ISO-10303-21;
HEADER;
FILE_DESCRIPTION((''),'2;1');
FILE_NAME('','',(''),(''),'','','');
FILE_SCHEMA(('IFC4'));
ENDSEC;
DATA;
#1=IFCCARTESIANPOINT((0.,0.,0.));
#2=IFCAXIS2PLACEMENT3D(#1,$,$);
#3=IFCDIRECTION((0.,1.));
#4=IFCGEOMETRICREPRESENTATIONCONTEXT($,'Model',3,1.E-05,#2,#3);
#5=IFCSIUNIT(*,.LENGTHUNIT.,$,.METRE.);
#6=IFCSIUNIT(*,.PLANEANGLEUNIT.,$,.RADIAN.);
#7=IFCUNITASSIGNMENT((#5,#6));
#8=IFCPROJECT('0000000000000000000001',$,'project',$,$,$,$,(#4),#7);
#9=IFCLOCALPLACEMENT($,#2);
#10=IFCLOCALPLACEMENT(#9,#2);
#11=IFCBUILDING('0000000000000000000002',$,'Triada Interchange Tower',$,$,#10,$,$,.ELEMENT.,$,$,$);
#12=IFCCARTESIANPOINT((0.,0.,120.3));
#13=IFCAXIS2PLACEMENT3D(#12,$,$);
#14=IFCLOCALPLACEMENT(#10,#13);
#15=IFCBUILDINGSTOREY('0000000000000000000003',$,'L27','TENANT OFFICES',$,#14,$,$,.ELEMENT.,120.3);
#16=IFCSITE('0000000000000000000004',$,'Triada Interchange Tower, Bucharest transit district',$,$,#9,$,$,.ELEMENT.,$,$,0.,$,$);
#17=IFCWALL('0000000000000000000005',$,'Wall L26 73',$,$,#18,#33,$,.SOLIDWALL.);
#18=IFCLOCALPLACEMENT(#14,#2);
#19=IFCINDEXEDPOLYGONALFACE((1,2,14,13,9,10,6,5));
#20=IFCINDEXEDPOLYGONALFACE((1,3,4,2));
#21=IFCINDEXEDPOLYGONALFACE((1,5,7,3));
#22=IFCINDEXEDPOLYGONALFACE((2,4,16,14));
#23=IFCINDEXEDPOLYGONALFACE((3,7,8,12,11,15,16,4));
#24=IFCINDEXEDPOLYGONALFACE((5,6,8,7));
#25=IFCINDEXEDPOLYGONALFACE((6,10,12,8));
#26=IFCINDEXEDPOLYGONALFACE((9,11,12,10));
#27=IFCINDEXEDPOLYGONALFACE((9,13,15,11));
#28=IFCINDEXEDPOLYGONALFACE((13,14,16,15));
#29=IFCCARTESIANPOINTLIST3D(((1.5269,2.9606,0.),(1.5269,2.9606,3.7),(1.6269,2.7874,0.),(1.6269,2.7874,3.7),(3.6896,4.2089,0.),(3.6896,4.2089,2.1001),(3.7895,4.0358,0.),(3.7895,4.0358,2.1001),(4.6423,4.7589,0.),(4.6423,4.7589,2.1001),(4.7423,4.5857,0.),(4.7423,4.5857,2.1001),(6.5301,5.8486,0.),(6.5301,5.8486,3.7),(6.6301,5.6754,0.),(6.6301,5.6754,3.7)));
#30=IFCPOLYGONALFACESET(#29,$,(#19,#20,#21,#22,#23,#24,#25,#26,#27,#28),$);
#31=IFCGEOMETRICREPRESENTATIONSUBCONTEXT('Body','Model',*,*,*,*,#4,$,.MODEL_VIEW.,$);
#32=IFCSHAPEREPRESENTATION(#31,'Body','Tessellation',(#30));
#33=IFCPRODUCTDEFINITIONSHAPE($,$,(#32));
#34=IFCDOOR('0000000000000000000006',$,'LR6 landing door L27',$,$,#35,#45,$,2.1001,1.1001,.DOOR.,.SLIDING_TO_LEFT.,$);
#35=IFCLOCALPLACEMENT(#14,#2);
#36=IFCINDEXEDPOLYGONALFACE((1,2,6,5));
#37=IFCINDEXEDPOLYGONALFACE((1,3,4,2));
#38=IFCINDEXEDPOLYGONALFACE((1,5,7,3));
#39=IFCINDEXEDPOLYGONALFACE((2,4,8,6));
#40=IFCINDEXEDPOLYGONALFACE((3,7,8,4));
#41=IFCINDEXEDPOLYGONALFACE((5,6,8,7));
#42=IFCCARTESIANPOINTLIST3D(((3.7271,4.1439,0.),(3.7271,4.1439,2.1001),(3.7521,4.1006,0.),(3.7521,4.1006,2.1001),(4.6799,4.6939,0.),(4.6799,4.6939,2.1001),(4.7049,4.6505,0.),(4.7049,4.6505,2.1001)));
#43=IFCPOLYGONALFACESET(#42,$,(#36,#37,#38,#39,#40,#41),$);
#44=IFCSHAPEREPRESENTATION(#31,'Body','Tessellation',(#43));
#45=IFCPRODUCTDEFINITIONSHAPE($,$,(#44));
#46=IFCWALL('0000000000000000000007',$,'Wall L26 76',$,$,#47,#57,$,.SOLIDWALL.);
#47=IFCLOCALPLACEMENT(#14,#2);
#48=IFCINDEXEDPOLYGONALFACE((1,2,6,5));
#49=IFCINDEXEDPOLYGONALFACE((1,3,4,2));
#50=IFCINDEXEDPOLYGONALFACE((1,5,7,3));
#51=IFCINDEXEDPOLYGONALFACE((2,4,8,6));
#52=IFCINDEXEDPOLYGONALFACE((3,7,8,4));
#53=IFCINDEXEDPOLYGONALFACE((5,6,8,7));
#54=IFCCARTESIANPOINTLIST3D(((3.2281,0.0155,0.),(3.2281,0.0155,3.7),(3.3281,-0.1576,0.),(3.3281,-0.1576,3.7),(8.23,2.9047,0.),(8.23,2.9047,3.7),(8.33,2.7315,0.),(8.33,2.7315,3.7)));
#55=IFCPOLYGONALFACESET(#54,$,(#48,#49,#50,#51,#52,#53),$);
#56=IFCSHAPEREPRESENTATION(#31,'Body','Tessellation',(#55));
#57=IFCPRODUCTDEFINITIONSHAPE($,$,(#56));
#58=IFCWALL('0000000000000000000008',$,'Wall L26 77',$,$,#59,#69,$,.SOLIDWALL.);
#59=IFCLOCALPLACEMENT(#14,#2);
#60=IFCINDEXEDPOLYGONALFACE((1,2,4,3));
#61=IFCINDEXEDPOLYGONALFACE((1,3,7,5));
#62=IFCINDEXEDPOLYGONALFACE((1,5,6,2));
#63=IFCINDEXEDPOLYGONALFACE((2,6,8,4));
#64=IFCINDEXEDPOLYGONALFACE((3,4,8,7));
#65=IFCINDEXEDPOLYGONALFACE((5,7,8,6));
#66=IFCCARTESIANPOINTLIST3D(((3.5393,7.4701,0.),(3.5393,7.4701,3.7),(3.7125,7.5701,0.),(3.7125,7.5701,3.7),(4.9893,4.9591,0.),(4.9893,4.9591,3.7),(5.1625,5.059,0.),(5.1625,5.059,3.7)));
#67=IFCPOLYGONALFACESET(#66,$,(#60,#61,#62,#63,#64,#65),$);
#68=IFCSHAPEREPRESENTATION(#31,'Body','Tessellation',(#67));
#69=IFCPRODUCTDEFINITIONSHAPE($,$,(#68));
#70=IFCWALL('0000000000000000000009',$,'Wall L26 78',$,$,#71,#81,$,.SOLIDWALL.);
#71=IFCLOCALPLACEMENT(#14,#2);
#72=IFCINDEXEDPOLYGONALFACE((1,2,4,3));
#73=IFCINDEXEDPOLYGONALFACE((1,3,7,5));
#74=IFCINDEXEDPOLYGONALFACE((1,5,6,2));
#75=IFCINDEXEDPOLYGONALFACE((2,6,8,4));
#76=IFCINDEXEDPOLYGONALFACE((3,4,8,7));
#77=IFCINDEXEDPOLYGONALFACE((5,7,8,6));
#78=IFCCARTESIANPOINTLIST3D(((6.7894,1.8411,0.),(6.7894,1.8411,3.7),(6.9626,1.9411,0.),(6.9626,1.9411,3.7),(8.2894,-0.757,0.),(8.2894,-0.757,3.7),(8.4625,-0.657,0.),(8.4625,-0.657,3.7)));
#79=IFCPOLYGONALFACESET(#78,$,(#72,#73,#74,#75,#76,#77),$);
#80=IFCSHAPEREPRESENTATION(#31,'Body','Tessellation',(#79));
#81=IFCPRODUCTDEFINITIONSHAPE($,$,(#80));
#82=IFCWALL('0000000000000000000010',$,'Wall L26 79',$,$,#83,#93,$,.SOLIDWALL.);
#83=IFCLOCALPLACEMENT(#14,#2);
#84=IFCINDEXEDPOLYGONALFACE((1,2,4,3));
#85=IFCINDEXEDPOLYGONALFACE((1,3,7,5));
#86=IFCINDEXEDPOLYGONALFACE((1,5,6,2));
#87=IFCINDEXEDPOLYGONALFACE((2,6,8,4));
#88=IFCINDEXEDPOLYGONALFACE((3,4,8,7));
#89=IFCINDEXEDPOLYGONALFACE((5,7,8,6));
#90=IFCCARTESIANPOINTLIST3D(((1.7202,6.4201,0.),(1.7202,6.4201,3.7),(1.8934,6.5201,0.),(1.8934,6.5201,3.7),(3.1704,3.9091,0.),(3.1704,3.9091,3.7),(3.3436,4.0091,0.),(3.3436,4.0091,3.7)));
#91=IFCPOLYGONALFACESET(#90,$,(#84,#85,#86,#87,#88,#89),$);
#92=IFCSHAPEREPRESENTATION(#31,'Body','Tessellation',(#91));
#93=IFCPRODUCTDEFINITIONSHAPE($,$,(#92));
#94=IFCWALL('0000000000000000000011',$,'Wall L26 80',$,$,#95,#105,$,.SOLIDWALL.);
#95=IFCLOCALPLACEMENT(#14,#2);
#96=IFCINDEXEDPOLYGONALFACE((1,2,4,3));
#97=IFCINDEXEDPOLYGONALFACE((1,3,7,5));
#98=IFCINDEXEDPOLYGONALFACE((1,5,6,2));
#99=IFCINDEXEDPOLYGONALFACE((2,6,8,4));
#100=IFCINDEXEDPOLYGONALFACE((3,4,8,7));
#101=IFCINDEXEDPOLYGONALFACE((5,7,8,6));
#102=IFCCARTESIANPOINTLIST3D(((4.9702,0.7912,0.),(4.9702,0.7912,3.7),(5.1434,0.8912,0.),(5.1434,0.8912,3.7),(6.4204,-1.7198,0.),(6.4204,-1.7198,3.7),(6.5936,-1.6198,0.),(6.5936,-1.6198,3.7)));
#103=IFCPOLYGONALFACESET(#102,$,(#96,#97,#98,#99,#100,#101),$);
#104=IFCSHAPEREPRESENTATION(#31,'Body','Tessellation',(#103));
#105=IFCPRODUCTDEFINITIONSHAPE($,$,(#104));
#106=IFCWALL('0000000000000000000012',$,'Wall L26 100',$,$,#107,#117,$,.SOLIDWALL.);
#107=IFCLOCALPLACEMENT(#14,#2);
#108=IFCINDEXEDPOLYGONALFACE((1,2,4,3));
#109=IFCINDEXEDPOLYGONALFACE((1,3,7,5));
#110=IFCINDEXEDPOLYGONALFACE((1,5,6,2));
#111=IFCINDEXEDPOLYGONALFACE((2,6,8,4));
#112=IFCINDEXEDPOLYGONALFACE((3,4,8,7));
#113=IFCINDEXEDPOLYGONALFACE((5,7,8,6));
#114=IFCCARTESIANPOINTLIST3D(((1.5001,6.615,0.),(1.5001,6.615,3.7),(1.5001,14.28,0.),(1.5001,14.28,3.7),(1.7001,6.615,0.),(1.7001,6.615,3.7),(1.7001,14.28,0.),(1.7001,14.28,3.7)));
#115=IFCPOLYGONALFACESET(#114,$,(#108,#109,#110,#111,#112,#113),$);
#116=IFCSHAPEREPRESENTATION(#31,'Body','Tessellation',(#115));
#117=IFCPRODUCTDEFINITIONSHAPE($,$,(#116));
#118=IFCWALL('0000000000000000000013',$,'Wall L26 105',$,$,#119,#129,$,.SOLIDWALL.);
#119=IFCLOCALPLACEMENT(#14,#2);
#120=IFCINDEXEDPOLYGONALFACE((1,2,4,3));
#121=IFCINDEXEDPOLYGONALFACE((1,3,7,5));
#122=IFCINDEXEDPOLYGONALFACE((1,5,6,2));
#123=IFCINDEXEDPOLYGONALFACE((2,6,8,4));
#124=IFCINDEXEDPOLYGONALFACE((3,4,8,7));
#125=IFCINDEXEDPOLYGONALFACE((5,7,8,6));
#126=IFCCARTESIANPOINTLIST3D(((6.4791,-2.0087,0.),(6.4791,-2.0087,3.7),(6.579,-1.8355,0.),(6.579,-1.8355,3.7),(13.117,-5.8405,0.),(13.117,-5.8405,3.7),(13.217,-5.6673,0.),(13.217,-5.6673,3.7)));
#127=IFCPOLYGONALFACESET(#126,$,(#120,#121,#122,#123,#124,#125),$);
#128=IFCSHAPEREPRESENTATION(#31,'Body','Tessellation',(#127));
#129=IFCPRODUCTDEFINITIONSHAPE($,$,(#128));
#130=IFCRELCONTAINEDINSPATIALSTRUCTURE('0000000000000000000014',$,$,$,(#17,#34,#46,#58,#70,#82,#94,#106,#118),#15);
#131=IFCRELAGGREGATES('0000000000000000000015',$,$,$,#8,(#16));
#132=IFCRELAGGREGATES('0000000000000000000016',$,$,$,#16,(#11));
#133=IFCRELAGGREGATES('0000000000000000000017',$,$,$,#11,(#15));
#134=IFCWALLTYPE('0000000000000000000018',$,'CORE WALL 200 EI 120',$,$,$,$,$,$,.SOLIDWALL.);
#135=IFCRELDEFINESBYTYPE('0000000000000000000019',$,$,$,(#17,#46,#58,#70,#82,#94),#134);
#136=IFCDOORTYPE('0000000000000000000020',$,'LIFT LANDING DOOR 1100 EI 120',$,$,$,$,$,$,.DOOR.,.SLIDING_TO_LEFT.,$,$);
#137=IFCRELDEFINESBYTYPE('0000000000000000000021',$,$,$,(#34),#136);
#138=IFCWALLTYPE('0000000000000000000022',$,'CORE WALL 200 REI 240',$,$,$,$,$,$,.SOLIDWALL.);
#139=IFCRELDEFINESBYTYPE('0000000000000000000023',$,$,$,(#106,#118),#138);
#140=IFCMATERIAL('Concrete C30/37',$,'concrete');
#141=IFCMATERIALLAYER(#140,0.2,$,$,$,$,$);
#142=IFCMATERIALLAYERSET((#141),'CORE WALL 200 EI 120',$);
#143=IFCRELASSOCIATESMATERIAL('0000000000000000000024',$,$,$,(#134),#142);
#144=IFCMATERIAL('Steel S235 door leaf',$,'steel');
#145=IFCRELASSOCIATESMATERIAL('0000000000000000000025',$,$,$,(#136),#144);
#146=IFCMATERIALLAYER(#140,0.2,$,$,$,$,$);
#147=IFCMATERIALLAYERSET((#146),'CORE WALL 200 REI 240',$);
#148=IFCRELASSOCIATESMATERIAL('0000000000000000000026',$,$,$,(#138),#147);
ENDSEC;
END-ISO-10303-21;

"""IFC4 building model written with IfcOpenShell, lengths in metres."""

from ifc_helpers import new_model, si_unit, direction, frame, frame_2d, origin, place, context, subcontext, project, spatial, rectangle, extrude, material, layer, layer_set, type_object, element, fill, save


model = new_model("IFC4")

# Units and contexts
model_context = context("Model", 3, precision=1e-05, world=origin(), true_north=direction((0.0, 1.0)))
body_context = subcontext(model_context, "Body", "Model", "MODEL_VIEW")
ifc_project = project(units=[si_unit("LENGTHUNIT", "METRE"), si_unit("PLANEANGLEUNIT", "RADIAN")], contexts=[model_context])

# Site, building, storey
site_placement = place(None, origin())
site = spatial("IfcSite", under=ifc_project, at=site_placement, Name="Triada Interchange Tower, Bucharest transit district", CompositionType="ELEMENT", RefElevation=0.0)
building_placement = place(site_placement, origin())
building = spatial("IfcBuilding", under=site, at=building_placement, Name="Triada Interchange Tower", CompositionType="ELEMENT")
storey_placement = place(building_placement, frame((0.0, 0.0, 120.3)))
storey = spatial("IfcBuildingStorey", under=building, at=storey_placement, Name="L27", Description="TENANT OFFICES", CompositionType="ELEMENT", Elevation=120.3)

# Shared definitions
ifc_material_1 = material(Name="Concrete C30/37", Category="concrete")
ifc_layer_1 = layer(ifc_material_1, 0.2)
ifc_layer_set_1 = layer_set([ifc_layer_1], Name="CORE WALL 200 EI 120")
wall_type_1 = type_object("IfcWallType", Name="CORE WALL 200 EI 120", PredefinedType="SOLIDWALL", material=ifc_layer_set_1)
ifc_material_2 = material(Name="Steel S235 door leaf", Category="steel")
door_type_1 = type_object("IfcDoorType", Name="LIFT LANDING DOOR 1100 EI 120", OperationType="SLIDING_TO_LEFT", PredefinedType="DOOR", material=ifc_material_2)

# Wall, opening, door
wall_1_placement = place(storey_placement, frame((1.5769, 2.874, 0.0), z_axis=(0.0, 0.0, 1.0), x_axis=(0.866074, 0.499916, 0.0)))
wall_1 = element("IfcWall", 1, at=wall_1_placement, inside=storey, type_object=wall_type_1, Name="Wall L26 73", PredefinedType="SOLIDWALL", context=body_context, shape_type="SweptSolid", body=[
    extrude(rectangle(XDim=5.7769, YDim=0.2, at=frame_2d((2.8884, 0.0))), origin(), (0.0, 0.0, 1.0), 3.7),
])
opening_1_placement = place(wall_1_placement, frame((2.4971, 0.0, 0.0)))
opening_1 = element("IfcOpeningElement", 2, at=opening_1_placement, cuts=wall_1, PredefinedType="OPENING", context=body_context, shape_type="SweptSolid", body=[
    extrude(rectangle(XDim=1.1001, YDim=2.1001, at=frame_2d((0.55, 1.05))), frame((0.0, 0.1099, 0.0), z_axis=(0.0, -1.0, 0.0), x_axis=(1.0, 0.0, 0.0)), (0.0, 0.0, 1.0), 0.22),
])
door_1_placement = place(opening_1_placement, origin())
door_1 = element("IfcDoor", 3, at=door_1_placement, inside=storey, type_object=door_type_1, Name="LR6 landing door L27", OperationType="SLIDING_TO_LEFT", OverallHeight=2.1001, OverallWidth=1.1001, PredefinedType="DOOR", context=body_context, shape_type="SweptSolid", body=[
    extrude(rectangle(XDim=1.1001, YDim=2.1001, at=frame_2d((0.55, 1.05))), frame((0.0, 0.0249, 0.0), z_axis=(0.0, -1.0, 0.0), x_axis=(1.0, 0.0, 0.0)), (0.0, 0.0, 1.0), 0.05),
])
fill(opening_1, door_1)

# Walls
wall_2_placement = place(storey_placement, frame((3.2781, -0.071, 0.0), z_axis=(0.0, 0.0, 1.0), x_axis=(0.865929, 0.500166, 0.0)))
element("IfcWall", 4, at=wall_2_placement, inside=storey, type_object=wall_type_1, Name="Wall L26 76", PredefinedType="SOLIDWALL", context=body_context, shape_type="SweptSolid", body=[
    extrude(rectangle(XDim=5.7764, YDim=0.2, at=frame_2d((2.8882, 0.0))), origin(), (0.0, 0.0, 1.0), 3.7),
])
wall_3_placement = place(storey_placement, frame((3.626, 7.52, 0.0), z_axis=(0.0, 0.0, 1.0), x_axis=(0.50006, -0.865991, 0.0)))
element("IfcWall", 5, at=wall_3_placement, inside=storey, type_object=wall_type_1, Name="Wall L26 77", PredefinedType="SOLIDWALL", context=body_context, shape_type="SweptSolid", body=[
    extrude(rectangle(XDim=2.8997, YDim=0.2, at=frame_2d((1.4497, 0.0))), origin(), (0.0, 0.0, 1.0), 3.7),
])
wall_4_placement = place(storey_placement, frame((6.876, 1.8911, 0.0), z_axis=(0.0, 0.0, 1.0), x_axis=(0.49999, -0.866031, 0.0)))
element("IfcWall", 6, at=wall_4_placement, inside=storey, type_object=wall_type_1, Name="Wall L26 78", PredefinedType="SOLIDWALL", context=body_context, shape_type="SweptSolid", body=[
    extrude(rectangle(XDim=3.0, YDim=0.2, at=frame_2d((1.5, 0.0))), origin(), (0.0, 0.0, 1.0), 3.7),
])
for number, where, z_axis, x_axis, name in (
    (7, (1.8069, 6.47, 0.0), (0.0, 0.0, 1.0), (0.500123, -0.865954, 0.0), "Wall L26 79"),
    (8, (5.0569, 0.8411, 0.0), (0.0, 0.0, 1.0), (0.500123, -0.865954, 0.0), "Wall L26 80"),
):
    element("IfcWall", number, at=place(storey_placement, frame(where, z_axis=z_axis, x_axis=x_axis)), inside=storey, type_object=wall_type_1, Name=name, PredefinedType="SOLIDWALL", context=body_context, shape_type="SweptSolid", body=[
        extrude(rectangle(XDim=2.8997, YDim=0.2, at=frame_2d((1.4497, 0.0))), origin(), (0.0, 0.0, 1.0), 3.7),
    ])
ifc_layer_2 = layer(ifc_material_1, 0.2)
ifc_layer_set_2 = layer_set([ifc_layer_2], Name="CORE WALL 200 REI 240")
wall_type_2 = type_object("IfcWallType", Name="CORE WALL 200 REI 240", PredefinedType="SOLIDWALL", material=ifc_layer_set_2)
wall_5_placement = place(storey_placement, frame((1.6001, 6.615, 0.0), z_axis=(0.0, 0.0, 1.0), x_axis=(0.0, 1.0, 0.0)))
element("IfcWall", 9, at=wall_5_placement, inside=storey, type_object=wall_type_2, Name="Wall L26 100", PredefinedType="SOLIDWALL", context=body_context, shape_type="SweptSolid", body=[
    extrude(rectangle(XDim=7.665, YDim=0.2, at=frame_2d((3.8325, 0.0))), origin(), (0.0, 0.0, 1.0), 3.7),
])
wall_6_placement = place(storey_placement, frame((6.5291, -1.9221, 0.0), z_axis=(0.0, 0.0, 1.0), x_axis=(0.866061, -0.499938, 0.0)))
element("IfcWall", 10, at=wall_6_placement, inside=storey, type_object=wall_type_2, Name="Wall L26 105", PredefinedType="SOLIDWALL", context=body_context, shape_type="SweptSolid", body=[
    extrude(rectangle(XDim=7.6646, YDim=0.2, at=frame_2d((3.8323, 0.0))), origin(), (0.0, 0.0, 1.0), 3.7),
])

save(model, "model.ifc")
